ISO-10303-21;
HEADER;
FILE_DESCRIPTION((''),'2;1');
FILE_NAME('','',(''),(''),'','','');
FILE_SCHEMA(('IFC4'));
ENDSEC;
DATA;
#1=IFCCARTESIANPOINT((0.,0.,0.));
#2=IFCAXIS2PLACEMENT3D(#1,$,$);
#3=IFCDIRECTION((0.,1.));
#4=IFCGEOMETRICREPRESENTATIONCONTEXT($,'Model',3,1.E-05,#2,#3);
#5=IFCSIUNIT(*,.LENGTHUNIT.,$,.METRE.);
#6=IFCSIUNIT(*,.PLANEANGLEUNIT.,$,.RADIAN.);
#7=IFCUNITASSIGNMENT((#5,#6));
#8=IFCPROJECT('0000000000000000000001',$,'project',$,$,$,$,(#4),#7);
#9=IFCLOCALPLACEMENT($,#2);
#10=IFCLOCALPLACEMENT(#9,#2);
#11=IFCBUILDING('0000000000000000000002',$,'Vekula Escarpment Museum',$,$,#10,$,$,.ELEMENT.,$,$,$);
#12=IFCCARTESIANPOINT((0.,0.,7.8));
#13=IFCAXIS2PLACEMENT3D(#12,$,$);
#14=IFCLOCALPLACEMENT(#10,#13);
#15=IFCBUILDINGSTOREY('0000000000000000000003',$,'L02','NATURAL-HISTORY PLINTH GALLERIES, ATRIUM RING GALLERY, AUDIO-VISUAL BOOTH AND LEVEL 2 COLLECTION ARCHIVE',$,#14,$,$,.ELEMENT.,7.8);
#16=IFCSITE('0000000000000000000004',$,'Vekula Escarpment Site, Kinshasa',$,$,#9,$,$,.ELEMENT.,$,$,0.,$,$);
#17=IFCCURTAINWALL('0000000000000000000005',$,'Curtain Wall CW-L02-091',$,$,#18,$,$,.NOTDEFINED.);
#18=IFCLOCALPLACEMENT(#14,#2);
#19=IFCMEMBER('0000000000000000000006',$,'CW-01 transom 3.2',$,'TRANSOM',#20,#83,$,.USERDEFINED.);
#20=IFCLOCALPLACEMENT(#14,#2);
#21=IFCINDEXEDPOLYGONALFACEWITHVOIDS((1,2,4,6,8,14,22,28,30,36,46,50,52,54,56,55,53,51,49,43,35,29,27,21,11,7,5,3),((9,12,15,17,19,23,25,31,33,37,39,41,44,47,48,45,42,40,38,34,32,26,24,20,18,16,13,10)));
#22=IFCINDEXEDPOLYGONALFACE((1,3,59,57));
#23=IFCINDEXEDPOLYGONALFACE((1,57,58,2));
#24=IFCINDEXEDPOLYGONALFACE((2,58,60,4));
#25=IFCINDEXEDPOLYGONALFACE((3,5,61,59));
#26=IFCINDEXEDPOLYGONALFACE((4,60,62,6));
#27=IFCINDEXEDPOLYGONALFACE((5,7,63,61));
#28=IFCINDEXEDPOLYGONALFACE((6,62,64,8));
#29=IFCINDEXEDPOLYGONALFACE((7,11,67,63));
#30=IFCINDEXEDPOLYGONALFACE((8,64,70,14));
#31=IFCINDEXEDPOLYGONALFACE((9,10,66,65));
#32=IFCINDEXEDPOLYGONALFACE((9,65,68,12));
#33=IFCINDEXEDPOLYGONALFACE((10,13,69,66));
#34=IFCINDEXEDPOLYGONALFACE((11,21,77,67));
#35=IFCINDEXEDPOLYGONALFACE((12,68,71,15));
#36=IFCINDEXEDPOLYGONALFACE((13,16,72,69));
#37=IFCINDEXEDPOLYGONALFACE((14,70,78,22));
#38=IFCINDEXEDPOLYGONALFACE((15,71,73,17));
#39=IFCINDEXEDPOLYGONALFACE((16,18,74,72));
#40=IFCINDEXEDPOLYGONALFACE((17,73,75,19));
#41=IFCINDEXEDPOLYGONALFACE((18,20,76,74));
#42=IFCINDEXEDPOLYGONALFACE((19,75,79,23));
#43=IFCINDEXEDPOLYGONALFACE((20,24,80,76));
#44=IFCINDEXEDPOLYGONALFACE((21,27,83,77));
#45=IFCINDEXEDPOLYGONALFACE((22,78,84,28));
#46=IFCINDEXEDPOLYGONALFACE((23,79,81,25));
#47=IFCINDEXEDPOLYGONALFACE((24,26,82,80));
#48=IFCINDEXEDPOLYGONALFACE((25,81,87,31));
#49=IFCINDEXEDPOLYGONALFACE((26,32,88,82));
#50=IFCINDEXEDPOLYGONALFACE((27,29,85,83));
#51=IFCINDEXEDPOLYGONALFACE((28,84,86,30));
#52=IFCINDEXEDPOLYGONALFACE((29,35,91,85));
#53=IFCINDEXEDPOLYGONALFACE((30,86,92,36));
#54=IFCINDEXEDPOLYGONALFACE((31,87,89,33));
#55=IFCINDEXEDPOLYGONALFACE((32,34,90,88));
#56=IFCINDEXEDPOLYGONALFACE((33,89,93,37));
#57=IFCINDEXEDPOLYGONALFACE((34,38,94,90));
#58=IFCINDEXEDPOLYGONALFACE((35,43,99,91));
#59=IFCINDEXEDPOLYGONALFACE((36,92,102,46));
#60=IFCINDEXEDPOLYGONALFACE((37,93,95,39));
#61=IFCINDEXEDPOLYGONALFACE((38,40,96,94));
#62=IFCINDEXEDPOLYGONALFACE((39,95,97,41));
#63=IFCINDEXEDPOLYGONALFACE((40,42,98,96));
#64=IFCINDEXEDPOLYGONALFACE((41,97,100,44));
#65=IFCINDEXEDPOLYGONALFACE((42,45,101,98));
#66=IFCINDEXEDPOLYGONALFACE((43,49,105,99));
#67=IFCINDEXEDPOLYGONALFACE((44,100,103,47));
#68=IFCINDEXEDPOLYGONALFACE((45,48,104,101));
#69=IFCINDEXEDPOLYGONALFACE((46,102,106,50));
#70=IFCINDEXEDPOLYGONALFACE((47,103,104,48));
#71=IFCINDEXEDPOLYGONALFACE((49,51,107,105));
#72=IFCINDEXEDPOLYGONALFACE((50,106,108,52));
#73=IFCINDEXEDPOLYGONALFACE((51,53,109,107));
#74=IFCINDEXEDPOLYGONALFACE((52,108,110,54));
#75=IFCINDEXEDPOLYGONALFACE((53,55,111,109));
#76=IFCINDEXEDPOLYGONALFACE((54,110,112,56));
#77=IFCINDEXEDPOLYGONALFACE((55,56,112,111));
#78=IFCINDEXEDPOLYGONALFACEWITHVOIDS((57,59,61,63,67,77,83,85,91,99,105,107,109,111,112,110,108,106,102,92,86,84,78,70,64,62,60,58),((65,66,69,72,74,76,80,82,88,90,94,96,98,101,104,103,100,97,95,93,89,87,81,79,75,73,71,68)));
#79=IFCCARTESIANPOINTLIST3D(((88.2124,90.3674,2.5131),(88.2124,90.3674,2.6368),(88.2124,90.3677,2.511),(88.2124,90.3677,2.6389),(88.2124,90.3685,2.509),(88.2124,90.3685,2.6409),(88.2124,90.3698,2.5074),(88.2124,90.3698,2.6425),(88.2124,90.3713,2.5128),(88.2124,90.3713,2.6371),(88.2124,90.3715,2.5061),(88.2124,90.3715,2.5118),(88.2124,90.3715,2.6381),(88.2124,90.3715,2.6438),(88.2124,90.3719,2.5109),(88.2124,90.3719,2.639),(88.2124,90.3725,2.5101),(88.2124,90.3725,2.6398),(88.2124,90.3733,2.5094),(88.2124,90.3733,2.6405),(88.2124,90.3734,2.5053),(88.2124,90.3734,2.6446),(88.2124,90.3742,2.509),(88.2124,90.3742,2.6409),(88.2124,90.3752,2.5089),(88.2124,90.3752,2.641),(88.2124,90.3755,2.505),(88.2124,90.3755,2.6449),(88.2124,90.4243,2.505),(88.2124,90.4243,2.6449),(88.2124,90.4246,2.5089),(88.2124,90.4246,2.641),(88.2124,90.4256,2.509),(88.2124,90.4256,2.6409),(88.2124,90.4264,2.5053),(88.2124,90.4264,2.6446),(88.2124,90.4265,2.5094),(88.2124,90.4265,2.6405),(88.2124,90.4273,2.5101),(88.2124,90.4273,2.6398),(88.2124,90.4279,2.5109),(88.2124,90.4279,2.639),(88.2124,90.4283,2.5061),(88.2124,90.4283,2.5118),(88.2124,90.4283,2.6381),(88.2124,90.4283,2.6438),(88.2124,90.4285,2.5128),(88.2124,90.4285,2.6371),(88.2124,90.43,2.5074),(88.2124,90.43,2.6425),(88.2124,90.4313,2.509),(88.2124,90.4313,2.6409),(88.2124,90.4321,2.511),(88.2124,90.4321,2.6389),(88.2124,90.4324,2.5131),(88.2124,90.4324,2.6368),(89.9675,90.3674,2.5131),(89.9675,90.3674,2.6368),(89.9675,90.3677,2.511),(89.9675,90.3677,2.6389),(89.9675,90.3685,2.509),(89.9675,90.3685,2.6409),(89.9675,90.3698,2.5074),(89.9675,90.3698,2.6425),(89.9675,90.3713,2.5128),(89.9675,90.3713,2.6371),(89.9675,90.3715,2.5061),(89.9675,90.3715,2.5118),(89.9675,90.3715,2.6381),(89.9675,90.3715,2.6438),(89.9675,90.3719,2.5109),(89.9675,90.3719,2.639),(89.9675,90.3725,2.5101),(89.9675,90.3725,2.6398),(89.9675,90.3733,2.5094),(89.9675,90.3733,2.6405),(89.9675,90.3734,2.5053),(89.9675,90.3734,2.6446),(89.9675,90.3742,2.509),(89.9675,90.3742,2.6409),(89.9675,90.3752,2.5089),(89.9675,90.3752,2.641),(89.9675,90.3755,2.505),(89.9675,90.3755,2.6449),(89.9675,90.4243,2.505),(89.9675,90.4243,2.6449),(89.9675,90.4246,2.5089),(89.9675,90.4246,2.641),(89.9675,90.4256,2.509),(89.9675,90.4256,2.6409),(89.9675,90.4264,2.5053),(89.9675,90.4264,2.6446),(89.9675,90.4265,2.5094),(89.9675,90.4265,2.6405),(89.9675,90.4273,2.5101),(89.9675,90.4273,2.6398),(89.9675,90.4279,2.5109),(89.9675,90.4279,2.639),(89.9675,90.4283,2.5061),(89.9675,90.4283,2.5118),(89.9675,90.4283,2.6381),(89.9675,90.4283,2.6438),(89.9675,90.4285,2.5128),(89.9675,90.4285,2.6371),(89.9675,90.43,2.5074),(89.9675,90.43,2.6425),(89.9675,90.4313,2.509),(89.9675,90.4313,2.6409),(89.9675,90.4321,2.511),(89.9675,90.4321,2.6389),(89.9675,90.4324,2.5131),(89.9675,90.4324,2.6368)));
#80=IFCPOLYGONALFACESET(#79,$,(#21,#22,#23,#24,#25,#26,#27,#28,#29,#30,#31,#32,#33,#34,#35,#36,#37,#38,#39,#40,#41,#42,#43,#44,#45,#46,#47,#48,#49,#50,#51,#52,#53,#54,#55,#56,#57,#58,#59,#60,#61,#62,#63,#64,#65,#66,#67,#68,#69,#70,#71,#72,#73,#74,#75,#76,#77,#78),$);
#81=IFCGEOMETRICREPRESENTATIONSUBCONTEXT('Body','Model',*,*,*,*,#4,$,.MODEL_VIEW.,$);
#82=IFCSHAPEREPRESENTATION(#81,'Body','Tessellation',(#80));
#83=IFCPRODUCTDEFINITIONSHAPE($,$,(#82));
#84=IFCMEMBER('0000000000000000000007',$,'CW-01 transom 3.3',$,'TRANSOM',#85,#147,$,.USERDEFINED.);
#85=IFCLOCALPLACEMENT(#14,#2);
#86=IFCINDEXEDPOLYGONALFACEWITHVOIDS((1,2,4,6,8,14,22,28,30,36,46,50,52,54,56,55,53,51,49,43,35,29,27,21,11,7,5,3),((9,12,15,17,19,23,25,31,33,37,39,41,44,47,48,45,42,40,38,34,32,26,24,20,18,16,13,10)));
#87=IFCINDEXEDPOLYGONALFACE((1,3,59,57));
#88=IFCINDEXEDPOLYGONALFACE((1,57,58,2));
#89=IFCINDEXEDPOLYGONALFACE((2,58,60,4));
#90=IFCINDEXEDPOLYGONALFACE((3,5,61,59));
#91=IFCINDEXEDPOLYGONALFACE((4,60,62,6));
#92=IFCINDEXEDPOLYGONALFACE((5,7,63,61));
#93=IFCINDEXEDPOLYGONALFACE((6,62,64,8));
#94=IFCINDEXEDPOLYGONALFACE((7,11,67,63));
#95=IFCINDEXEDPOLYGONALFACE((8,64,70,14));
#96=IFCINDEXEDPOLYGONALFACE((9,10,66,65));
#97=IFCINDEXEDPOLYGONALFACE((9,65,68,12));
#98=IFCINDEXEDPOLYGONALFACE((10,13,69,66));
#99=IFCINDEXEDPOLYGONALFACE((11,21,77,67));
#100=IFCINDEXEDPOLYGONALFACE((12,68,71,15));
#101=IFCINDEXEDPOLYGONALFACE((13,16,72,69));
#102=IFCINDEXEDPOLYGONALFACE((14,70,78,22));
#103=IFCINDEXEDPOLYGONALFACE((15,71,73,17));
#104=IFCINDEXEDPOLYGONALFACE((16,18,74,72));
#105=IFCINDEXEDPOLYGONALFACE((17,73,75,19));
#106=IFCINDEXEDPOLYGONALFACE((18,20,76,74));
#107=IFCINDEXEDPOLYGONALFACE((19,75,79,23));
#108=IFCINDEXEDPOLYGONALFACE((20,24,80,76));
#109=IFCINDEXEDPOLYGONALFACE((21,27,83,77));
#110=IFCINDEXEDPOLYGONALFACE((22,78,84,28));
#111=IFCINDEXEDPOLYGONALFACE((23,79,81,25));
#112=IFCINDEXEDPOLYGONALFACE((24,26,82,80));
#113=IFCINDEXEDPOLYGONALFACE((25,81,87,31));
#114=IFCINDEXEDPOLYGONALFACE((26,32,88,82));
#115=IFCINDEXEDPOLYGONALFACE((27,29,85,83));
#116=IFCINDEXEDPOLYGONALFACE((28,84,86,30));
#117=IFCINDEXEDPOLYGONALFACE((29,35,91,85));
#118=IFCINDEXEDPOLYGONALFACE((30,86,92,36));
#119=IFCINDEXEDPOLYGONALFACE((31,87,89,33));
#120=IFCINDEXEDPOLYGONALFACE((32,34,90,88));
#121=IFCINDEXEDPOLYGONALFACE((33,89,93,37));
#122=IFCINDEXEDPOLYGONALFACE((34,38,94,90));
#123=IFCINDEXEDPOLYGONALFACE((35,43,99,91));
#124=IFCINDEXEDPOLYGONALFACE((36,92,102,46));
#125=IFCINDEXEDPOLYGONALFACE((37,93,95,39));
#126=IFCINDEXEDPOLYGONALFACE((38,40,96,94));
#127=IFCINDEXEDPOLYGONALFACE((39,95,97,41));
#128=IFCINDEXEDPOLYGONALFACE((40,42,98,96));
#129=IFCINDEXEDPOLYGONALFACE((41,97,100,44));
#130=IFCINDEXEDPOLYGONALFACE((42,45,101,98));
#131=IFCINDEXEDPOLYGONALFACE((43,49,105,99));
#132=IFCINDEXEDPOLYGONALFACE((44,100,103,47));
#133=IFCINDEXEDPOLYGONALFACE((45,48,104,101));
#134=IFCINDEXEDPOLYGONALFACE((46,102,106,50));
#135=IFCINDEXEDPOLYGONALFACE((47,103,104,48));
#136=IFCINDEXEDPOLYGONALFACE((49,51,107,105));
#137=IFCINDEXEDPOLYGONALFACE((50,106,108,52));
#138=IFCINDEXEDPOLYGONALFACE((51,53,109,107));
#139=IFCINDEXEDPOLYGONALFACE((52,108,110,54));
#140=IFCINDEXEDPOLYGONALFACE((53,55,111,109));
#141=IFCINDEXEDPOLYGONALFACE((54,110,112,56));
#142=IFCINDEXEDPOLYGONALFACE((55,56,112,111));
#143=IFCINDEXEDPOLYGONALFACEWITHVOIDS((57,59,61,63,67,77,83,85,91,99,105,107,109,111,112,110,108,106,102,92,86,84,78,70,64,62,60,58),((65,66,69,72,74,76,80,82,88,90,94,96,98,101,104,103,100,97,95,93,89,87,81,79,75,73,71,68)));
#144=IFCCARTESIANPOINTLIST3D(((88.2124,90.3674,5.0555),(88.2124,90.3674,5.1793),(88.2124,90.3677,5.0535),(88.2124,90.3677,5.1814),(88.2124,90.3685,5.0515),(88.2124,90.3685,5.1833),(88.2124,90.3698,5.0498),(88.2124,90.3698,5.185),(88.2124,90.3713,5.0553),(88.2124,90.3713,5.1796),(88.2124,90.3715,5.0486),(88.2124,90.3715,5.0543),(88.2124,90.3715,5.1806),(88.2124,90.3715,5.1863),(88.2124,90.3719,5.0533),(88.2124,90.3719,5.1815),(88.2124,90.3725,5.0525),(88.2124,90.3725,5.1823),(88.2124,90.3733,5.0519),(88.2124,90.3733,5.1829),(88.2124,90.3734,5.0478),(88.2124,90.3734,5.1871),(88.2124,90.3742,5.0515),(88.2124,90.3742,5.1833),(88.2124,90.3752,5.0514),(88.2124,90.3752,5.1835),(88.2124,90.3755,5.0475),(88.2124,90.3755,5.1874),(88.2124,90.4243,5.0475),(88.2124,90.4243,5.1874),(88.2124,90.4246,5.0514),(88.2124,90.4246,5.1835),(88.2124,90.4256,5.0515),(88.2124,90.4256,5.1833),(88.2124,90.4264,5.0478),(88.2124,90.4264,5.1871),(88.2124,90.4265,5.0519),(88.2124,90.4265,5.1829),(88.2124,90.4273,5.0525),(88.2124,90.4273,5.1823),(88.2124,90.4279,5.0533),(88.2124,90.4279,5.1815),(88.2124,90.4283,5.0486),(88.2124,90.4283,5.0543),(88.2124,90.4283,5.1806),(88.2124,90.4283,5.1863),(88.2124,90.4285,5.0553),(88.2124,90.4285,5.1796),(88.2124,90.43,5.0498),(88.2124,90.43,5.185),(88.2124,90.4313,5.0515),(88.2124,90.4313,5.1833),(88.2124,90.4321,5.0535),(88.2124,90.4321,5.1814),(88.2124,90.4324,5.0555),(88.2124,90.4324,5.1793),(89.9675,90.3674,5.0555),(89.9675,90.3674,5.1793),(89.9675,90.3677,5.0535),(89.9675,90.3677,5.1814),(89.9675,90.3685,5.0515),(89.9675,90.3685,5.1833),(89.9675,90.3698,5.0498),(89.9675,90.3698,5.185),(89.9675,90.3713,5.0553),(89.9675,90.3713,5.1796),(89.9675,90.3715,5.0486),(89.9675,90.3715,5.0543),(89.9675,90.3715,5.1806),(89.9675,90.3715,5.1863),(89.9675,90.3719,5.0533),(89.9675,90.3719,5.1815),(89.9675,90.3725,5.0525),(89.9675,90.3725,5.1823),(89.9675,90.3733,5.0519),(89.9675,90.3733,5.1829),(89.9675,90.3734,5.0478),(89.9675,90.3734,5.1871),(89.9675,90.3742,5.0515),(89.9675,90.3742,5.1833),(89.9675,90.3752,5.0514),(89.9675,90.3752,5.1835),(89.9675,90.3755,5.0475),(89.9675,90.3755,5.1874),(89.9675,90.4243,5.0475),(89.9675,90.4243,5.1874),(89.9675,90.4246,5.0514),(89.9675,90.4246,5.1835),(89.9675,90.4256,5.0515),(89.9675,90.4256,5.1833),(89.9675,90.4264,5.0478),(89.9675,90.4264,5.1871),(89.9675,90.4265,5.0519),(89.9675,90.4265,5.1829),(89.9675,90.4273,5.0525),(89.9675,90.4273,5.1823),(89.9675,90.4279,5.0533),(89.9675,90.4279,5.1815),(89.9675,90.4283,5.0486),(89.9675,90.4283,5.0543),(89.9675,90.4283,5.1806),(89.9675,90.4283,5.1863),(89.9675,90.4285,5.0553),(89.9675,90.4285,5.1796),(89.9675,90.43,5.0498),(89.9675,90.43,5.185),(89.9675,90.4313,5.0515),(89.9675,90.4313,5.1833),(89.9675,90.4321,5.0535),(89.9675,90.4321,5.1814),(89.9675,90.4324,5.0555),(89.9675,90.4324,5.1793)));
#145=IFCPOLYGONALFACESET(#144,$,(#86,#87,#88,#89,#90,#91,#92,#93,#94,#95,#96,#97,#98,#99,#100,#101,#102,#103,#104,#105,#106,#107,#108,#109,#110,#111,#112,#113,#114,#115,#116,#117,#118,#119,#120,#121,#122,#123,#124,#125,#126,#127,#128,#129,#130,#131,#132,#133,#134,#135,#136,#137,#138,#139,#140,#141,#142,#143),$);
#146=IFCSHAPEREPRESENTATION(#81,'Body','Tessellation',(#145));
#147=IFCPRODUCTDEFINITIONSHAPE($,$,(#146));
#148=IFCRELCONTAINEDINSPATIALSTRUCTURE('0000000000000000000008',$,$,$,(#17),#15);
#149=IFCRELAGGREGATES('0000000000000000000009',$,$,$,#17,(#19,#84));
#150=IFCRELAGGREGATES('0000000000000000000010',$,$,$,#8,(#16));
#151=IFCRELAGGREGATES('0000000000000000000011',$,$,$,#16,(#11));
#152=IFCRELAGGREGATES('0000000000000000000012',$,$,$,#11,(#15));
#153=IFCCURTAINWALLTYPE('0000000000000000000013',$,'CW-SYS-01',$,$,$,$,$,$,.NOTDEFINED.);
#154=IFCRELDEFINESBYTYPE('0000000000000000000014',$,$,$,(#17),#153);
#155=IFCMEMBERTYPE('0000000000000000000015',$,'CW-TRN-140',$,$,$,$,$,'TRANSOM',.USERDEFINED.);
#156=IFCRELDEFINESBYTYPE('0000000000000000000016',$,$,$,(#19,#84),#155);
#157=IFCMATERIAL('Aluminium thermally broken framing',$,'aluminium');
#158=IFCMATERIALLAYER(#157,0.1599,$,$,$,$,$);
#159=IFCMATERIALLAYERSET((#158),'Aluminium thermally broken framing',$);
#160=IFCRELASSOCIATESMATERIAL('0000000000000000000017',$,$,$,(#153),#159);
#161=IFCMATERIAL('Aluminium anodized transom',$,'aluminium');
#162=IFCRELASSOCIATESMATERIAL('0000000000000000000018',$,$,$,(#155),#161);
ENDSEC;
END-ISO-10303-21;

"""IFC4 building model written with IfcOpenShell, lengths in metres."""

from ifc_helpers import new_model, si_unit, direction, frame, origin, origin_2d, place, context, subcontext, project, spatial, hollow_rectangle, extrude, material, layer, layer_set, material_profile, profile_set, type_object, element, aggregate, save


model = new_model("IFC4")

# Units and contexts
model_context = context("Model", 3, precision=1e-05, world=origin(), true_north=direction((0.0, 1.0)))
body_context = subcontext(model_context, "Body", "Model", "MODEL_VIEW")
ifc_project = project(units=[si_unit("LENGTHUNIT", "METRE"), si_unit("PLANEANGLEUNIT", "RADIAN")], contexts=[model_context])

# Site, building, storey
site_placement = place(None, origin())
site = spatial("IfcSite", under=ifc_project, at=site_placement, Name="Vekula Escarpment Site, Kinshasa", CompositionType="ELEMENT", RefElevation=0.0)
building_placement = place(site_placement, origin())
building = spatial("IfcBuilding", under=site, at=building_placement, Name="Vekula Escarpment Museum", CompositionType="ELEMENT")
storey_placement = place(building_placement, frame((0.0, 0.0, 7.8)))
storey = spatial("IfcBuildingStorey", under=building, at=storey_placement, Name="L02", Description="NATURAL-HISTORY PLINTH GALLERIES, ATRIUM RING GALLERY, AUDIO-VISUAL BOOTH AND LEVEL 2 COLLECTION ARCHIVE", CompositionType="ELEMENT", Elevation=7.8)

# Curtain wall, members
ifc_material_1 = material(Name="Aluminium thermally broken framing", Category="aluminium")
ifc_layer_1 = layer(ifc_material_1, 0.1599)
ifc_layer_set_1 = layer_set([ifc_layer_1], Name="Aluminium thermally broken framing")
curtain_wall_type = type_object("IfcCurtainWallType", Name="CW-SYS-01", PredefinedType="NOTDEFINED", material=ifc_layer_set_1)
curtain_wall_placement = place(storey_placement, origin())
curtain_wall = element("IfcCurtainWall", 1, at=curtain_wall_placement, inside=storey, type_object=curtain_wall_type, Name="Curtain Wall CW-L02-091", PredefinedType="NOTDEFINED")
ifc_material_2 = material(Name="Aluminium anodized transom", Category="aluminium")
ifc_material_profile_1 = material_profile(ifc_material_2, hollow_rectangle(XDim=0.0649, YDim=0.1399, WallThickness=0.0039, InnerFilletRadius=0.0039, OuterFilletRadius=0.0081, at=origin_2d()), Name="ALU 140x65x4")
ifc_profile_set_1 = profile_set([ifc_material_profile_1], Name="Aluminium anodized transom")
member_type_1 = type_object("IfcMemberType", Name="CW-TRN-140", ElementType="TRANSOM", PredefinedType="USERDEFINED", material=ifc_profile_set_1)
member_1_placement = place(storey_placement, frame((89.9675, 90.3999, 2.575), z_axis=(-1.0, 0.0, 0.0), x_axis=(0.0, -1.0, 0.0)))
member_1 = element("IfcMember", 2, at=member_1_placement, type_object=member_type_1, Name="CW-01 transom 3.2", ObjectType="TRANSOM", PredefinedType="USERDEFINED", context=body_context, shape_type="SweptSolid", body=[
    extrude(hollow_rectangle(XDim=0.0649, YDim=0.1399, WallThickness=0.0039, InnerFilletRadius=0.0039, OuterFilletRadius=0.0081, at=origin_2d()), origin(), (0.0, 0.0, 1.0), 1.7551),
])
member_2_placement = place(storey_placement, frame((89.9675, 90.3999, 5.1174), z_axis=(-1.0, 0.0, 0.0), x_axis=(0.0, -1.0, 0.0)))
member_2 = element("IfcMember", 3, at=member_2_placement, type_object=member_type_1, Name="CW-01 transom 3.3", ObjectType="TRANSOM", PredefinedType="USERDEFINED", context=body_context, shape_type="SweptSolid", body=[
    extrude(hollow_rectangle(XDim=0.0649, YDim=0.1399, WallThickness=0.0039, InnerFilletRadius=0.0039, OuterFilletRadius=0.0081, at=origin_2d()), origin(), (0.0, 0.0, 1.0), 1.7551),
])
aggregate(curtain_wall, [member_1, member_2])

save(model, "model.ifc")
